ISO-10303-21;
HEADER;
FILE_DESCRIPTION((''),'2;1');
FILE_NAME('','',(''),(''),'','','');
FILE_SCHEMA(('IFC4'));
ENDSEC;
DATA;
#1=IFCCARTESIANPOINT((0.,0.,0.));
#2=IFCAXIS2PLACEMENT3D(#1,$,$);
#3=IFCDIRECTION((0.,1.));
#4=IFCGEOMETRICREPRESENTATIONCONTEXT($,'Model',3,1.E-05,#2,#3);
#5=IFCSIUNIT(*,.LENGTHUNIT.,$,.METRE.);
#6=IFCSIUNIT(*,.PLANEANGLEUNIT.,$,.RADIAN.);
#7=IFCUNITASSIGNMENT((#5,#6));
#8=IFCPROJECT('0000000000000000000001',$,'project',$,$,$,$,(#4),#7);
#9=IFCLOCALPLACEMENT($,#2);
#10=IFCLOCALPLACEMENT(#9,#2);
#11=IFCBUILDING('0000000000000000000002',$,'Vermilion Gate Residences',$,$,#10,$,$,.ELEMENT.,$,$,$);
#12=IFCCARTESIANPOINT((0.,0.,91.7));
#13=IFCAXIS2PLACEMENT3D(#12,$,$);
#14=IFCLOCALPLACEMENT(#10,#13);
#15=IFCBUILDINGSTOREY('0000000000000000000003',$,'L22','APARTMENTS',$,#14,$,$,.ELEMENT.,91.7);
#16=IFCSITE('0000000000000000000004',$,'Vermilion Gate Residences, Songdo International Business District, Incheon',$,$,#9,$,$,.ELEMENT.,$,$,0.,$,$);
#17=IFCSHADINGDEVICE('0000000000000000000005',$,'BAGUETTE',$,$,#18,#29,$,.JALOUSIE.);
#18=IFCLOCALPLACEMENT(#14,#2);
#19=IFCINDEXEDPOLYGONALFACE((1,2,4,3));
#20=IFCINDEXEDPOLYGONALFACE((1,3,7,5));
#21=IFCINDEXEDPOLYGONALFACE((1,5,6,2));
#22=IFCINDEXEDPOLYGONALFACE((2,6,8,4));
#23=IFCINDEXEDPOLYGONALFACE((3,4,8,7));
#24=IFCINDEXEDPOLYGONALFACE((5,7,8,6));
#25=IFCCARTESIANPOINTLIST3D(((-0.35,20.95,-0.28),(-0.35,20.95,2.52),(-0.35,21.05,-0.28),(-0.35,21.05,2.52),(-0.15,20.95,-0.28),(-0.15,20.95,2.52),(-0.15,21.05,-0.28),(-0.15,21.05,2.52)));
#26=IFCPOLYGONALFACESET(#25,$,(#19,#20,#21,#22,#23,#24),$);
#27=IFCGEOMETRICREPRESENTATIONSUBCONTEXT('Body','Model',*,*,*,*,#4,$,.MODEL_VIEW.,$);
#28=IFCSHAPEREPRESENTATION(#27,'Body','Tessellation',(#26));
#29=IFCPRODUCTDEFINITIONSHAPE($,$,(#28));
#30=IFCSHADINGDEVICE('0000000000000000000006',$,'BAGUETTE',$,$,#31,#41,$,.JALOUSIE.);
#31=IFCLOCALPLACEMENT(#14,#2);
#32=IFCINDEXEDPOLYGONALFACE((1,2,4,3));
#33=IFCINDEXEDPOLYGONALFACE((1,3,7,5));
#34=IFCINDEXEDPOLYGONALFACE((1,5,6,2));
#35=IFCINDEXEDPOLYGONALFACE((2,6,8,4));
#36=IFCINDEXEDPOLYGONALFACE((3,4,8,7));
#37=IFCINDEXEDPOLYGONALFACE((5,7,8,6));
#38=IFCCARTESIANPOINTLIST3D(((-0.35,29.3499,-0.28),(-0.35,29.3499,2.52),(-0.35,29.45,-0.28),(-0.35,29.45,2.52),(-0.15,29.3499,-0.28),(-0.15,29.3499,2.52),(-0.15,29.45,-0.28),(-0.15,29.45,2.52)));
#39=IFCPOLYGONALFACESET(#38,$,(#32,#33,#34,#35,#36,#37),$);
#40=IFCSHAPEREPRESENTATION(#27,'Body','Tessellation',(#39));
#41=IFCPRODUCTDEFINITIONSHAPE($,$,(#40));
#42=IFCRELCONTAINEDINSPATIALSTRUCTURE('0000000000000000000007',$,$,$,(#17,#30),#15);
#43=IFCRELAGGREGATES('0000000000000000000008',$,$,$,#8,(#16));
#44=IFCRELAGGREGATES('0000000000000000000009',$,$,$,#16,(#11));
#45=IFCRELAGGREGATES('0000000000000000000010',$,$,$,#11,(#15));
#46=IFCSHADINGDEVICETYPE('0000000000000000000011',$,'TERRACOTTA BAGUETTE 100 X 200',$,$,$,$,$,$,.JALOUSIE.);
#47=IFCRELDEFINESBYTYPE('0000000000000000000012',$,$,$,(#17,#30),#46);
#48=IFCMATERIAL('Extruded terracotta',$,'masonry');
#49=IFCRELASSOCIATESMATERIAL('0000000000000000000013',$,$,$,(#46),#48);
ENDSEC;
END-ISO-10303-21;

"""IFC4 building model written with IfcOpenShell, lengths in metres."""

from ifc_helpers import new_model, si_unit, direction, frame, origin, origin_2d, place, context, subcontext, project, spatial, rectangle, extrude, material, material_profile, profile_set, type_object, element, save


model = new_model("IFC4")

# Units and contexts
model_context = context("Model", 3, precision=1e-05, world=origin(), true_north=direction((0.0, 1.0)))
body_context = subcontext(model_context, "Body", "Model", "MODEL_VIEW")
ifc_project = project(units=[si_unit("LENGTHUNIT", "METRE"), si_unit("PLANEANGLEUNIT", "RADIAN")], contexts=[model_context])

# Site, building, storey
site_placement = place(None, origin())
site = spatial("IfcSite", under=ifc_project, at=site_placement, Name="Vermilion Gate Residences, Songdo International Business District, Incheon", CompositionType="ELEMENT", RefElevation=0.0)
building_placement = place(site_placement, origin())
building = spatial("IfcBuilding", under=site, at=building_placement, Name="Vermilion Gate Residences", CompositionType="ELEMENT")
storey_placement = place(building_placement, frame((0.0, 0.0, 91.7)))
storey = spatial("IfcBuildingStorey", under=building, at=storey_placement, Name="L22", Description="APARTMENTS", CompositionType="ELEMENT", Elevation=91.7)

# Shading devices
ifc_material_1 = material(Name="Extruded terracotta", Category="masonry")
ifc_material_profile_1 = material_profile(ifc_material_1, rectangle(XDim=0.2, YDim=0.1001, at=origin_2d()), Name="BAGUETTE 100 X 200")
ifc_profile_set_1 = profile_set([ifc_material_profile_1], Name="Extruded terracotta")
shading_device_type = type_object("IfcShadingDeviceType", Name="TERRACOTTA BAGUETTE 100 X 200", PredefinedType="JALOUSIE", material=ifc_profile_set_1)
for number, where, z_axis, x_axis, name in (
    (1, (-0.25, 21.0, -0.28), (0.0, 0.0, 1.0), (1.0, 0.0, 0.0), "BAGUETTE"),
    (2, (-0.25, 29.3999, -0.28), (0.0, 0.0, 1.0), (1.0, 0.0, 0.0), "BAGUETTE"),
):
    element("IfcShadingDevice", number, at=place(storey_placement, frame(where, z_axis=z_axis, x_axis=x_axis)), inside=storey, type_object=shading_device_type, Name=name, PredefinedType="JALOUSIE", context=body_context, shape_type="SweptSolid", body=[
        extrude(rectangle(XDim=0.2, YDim=0.1001, at=origin_2d()), origin(), (0.0, 0.0, 1.0), 2.8),
    ])

save(model, "model.ifc")
